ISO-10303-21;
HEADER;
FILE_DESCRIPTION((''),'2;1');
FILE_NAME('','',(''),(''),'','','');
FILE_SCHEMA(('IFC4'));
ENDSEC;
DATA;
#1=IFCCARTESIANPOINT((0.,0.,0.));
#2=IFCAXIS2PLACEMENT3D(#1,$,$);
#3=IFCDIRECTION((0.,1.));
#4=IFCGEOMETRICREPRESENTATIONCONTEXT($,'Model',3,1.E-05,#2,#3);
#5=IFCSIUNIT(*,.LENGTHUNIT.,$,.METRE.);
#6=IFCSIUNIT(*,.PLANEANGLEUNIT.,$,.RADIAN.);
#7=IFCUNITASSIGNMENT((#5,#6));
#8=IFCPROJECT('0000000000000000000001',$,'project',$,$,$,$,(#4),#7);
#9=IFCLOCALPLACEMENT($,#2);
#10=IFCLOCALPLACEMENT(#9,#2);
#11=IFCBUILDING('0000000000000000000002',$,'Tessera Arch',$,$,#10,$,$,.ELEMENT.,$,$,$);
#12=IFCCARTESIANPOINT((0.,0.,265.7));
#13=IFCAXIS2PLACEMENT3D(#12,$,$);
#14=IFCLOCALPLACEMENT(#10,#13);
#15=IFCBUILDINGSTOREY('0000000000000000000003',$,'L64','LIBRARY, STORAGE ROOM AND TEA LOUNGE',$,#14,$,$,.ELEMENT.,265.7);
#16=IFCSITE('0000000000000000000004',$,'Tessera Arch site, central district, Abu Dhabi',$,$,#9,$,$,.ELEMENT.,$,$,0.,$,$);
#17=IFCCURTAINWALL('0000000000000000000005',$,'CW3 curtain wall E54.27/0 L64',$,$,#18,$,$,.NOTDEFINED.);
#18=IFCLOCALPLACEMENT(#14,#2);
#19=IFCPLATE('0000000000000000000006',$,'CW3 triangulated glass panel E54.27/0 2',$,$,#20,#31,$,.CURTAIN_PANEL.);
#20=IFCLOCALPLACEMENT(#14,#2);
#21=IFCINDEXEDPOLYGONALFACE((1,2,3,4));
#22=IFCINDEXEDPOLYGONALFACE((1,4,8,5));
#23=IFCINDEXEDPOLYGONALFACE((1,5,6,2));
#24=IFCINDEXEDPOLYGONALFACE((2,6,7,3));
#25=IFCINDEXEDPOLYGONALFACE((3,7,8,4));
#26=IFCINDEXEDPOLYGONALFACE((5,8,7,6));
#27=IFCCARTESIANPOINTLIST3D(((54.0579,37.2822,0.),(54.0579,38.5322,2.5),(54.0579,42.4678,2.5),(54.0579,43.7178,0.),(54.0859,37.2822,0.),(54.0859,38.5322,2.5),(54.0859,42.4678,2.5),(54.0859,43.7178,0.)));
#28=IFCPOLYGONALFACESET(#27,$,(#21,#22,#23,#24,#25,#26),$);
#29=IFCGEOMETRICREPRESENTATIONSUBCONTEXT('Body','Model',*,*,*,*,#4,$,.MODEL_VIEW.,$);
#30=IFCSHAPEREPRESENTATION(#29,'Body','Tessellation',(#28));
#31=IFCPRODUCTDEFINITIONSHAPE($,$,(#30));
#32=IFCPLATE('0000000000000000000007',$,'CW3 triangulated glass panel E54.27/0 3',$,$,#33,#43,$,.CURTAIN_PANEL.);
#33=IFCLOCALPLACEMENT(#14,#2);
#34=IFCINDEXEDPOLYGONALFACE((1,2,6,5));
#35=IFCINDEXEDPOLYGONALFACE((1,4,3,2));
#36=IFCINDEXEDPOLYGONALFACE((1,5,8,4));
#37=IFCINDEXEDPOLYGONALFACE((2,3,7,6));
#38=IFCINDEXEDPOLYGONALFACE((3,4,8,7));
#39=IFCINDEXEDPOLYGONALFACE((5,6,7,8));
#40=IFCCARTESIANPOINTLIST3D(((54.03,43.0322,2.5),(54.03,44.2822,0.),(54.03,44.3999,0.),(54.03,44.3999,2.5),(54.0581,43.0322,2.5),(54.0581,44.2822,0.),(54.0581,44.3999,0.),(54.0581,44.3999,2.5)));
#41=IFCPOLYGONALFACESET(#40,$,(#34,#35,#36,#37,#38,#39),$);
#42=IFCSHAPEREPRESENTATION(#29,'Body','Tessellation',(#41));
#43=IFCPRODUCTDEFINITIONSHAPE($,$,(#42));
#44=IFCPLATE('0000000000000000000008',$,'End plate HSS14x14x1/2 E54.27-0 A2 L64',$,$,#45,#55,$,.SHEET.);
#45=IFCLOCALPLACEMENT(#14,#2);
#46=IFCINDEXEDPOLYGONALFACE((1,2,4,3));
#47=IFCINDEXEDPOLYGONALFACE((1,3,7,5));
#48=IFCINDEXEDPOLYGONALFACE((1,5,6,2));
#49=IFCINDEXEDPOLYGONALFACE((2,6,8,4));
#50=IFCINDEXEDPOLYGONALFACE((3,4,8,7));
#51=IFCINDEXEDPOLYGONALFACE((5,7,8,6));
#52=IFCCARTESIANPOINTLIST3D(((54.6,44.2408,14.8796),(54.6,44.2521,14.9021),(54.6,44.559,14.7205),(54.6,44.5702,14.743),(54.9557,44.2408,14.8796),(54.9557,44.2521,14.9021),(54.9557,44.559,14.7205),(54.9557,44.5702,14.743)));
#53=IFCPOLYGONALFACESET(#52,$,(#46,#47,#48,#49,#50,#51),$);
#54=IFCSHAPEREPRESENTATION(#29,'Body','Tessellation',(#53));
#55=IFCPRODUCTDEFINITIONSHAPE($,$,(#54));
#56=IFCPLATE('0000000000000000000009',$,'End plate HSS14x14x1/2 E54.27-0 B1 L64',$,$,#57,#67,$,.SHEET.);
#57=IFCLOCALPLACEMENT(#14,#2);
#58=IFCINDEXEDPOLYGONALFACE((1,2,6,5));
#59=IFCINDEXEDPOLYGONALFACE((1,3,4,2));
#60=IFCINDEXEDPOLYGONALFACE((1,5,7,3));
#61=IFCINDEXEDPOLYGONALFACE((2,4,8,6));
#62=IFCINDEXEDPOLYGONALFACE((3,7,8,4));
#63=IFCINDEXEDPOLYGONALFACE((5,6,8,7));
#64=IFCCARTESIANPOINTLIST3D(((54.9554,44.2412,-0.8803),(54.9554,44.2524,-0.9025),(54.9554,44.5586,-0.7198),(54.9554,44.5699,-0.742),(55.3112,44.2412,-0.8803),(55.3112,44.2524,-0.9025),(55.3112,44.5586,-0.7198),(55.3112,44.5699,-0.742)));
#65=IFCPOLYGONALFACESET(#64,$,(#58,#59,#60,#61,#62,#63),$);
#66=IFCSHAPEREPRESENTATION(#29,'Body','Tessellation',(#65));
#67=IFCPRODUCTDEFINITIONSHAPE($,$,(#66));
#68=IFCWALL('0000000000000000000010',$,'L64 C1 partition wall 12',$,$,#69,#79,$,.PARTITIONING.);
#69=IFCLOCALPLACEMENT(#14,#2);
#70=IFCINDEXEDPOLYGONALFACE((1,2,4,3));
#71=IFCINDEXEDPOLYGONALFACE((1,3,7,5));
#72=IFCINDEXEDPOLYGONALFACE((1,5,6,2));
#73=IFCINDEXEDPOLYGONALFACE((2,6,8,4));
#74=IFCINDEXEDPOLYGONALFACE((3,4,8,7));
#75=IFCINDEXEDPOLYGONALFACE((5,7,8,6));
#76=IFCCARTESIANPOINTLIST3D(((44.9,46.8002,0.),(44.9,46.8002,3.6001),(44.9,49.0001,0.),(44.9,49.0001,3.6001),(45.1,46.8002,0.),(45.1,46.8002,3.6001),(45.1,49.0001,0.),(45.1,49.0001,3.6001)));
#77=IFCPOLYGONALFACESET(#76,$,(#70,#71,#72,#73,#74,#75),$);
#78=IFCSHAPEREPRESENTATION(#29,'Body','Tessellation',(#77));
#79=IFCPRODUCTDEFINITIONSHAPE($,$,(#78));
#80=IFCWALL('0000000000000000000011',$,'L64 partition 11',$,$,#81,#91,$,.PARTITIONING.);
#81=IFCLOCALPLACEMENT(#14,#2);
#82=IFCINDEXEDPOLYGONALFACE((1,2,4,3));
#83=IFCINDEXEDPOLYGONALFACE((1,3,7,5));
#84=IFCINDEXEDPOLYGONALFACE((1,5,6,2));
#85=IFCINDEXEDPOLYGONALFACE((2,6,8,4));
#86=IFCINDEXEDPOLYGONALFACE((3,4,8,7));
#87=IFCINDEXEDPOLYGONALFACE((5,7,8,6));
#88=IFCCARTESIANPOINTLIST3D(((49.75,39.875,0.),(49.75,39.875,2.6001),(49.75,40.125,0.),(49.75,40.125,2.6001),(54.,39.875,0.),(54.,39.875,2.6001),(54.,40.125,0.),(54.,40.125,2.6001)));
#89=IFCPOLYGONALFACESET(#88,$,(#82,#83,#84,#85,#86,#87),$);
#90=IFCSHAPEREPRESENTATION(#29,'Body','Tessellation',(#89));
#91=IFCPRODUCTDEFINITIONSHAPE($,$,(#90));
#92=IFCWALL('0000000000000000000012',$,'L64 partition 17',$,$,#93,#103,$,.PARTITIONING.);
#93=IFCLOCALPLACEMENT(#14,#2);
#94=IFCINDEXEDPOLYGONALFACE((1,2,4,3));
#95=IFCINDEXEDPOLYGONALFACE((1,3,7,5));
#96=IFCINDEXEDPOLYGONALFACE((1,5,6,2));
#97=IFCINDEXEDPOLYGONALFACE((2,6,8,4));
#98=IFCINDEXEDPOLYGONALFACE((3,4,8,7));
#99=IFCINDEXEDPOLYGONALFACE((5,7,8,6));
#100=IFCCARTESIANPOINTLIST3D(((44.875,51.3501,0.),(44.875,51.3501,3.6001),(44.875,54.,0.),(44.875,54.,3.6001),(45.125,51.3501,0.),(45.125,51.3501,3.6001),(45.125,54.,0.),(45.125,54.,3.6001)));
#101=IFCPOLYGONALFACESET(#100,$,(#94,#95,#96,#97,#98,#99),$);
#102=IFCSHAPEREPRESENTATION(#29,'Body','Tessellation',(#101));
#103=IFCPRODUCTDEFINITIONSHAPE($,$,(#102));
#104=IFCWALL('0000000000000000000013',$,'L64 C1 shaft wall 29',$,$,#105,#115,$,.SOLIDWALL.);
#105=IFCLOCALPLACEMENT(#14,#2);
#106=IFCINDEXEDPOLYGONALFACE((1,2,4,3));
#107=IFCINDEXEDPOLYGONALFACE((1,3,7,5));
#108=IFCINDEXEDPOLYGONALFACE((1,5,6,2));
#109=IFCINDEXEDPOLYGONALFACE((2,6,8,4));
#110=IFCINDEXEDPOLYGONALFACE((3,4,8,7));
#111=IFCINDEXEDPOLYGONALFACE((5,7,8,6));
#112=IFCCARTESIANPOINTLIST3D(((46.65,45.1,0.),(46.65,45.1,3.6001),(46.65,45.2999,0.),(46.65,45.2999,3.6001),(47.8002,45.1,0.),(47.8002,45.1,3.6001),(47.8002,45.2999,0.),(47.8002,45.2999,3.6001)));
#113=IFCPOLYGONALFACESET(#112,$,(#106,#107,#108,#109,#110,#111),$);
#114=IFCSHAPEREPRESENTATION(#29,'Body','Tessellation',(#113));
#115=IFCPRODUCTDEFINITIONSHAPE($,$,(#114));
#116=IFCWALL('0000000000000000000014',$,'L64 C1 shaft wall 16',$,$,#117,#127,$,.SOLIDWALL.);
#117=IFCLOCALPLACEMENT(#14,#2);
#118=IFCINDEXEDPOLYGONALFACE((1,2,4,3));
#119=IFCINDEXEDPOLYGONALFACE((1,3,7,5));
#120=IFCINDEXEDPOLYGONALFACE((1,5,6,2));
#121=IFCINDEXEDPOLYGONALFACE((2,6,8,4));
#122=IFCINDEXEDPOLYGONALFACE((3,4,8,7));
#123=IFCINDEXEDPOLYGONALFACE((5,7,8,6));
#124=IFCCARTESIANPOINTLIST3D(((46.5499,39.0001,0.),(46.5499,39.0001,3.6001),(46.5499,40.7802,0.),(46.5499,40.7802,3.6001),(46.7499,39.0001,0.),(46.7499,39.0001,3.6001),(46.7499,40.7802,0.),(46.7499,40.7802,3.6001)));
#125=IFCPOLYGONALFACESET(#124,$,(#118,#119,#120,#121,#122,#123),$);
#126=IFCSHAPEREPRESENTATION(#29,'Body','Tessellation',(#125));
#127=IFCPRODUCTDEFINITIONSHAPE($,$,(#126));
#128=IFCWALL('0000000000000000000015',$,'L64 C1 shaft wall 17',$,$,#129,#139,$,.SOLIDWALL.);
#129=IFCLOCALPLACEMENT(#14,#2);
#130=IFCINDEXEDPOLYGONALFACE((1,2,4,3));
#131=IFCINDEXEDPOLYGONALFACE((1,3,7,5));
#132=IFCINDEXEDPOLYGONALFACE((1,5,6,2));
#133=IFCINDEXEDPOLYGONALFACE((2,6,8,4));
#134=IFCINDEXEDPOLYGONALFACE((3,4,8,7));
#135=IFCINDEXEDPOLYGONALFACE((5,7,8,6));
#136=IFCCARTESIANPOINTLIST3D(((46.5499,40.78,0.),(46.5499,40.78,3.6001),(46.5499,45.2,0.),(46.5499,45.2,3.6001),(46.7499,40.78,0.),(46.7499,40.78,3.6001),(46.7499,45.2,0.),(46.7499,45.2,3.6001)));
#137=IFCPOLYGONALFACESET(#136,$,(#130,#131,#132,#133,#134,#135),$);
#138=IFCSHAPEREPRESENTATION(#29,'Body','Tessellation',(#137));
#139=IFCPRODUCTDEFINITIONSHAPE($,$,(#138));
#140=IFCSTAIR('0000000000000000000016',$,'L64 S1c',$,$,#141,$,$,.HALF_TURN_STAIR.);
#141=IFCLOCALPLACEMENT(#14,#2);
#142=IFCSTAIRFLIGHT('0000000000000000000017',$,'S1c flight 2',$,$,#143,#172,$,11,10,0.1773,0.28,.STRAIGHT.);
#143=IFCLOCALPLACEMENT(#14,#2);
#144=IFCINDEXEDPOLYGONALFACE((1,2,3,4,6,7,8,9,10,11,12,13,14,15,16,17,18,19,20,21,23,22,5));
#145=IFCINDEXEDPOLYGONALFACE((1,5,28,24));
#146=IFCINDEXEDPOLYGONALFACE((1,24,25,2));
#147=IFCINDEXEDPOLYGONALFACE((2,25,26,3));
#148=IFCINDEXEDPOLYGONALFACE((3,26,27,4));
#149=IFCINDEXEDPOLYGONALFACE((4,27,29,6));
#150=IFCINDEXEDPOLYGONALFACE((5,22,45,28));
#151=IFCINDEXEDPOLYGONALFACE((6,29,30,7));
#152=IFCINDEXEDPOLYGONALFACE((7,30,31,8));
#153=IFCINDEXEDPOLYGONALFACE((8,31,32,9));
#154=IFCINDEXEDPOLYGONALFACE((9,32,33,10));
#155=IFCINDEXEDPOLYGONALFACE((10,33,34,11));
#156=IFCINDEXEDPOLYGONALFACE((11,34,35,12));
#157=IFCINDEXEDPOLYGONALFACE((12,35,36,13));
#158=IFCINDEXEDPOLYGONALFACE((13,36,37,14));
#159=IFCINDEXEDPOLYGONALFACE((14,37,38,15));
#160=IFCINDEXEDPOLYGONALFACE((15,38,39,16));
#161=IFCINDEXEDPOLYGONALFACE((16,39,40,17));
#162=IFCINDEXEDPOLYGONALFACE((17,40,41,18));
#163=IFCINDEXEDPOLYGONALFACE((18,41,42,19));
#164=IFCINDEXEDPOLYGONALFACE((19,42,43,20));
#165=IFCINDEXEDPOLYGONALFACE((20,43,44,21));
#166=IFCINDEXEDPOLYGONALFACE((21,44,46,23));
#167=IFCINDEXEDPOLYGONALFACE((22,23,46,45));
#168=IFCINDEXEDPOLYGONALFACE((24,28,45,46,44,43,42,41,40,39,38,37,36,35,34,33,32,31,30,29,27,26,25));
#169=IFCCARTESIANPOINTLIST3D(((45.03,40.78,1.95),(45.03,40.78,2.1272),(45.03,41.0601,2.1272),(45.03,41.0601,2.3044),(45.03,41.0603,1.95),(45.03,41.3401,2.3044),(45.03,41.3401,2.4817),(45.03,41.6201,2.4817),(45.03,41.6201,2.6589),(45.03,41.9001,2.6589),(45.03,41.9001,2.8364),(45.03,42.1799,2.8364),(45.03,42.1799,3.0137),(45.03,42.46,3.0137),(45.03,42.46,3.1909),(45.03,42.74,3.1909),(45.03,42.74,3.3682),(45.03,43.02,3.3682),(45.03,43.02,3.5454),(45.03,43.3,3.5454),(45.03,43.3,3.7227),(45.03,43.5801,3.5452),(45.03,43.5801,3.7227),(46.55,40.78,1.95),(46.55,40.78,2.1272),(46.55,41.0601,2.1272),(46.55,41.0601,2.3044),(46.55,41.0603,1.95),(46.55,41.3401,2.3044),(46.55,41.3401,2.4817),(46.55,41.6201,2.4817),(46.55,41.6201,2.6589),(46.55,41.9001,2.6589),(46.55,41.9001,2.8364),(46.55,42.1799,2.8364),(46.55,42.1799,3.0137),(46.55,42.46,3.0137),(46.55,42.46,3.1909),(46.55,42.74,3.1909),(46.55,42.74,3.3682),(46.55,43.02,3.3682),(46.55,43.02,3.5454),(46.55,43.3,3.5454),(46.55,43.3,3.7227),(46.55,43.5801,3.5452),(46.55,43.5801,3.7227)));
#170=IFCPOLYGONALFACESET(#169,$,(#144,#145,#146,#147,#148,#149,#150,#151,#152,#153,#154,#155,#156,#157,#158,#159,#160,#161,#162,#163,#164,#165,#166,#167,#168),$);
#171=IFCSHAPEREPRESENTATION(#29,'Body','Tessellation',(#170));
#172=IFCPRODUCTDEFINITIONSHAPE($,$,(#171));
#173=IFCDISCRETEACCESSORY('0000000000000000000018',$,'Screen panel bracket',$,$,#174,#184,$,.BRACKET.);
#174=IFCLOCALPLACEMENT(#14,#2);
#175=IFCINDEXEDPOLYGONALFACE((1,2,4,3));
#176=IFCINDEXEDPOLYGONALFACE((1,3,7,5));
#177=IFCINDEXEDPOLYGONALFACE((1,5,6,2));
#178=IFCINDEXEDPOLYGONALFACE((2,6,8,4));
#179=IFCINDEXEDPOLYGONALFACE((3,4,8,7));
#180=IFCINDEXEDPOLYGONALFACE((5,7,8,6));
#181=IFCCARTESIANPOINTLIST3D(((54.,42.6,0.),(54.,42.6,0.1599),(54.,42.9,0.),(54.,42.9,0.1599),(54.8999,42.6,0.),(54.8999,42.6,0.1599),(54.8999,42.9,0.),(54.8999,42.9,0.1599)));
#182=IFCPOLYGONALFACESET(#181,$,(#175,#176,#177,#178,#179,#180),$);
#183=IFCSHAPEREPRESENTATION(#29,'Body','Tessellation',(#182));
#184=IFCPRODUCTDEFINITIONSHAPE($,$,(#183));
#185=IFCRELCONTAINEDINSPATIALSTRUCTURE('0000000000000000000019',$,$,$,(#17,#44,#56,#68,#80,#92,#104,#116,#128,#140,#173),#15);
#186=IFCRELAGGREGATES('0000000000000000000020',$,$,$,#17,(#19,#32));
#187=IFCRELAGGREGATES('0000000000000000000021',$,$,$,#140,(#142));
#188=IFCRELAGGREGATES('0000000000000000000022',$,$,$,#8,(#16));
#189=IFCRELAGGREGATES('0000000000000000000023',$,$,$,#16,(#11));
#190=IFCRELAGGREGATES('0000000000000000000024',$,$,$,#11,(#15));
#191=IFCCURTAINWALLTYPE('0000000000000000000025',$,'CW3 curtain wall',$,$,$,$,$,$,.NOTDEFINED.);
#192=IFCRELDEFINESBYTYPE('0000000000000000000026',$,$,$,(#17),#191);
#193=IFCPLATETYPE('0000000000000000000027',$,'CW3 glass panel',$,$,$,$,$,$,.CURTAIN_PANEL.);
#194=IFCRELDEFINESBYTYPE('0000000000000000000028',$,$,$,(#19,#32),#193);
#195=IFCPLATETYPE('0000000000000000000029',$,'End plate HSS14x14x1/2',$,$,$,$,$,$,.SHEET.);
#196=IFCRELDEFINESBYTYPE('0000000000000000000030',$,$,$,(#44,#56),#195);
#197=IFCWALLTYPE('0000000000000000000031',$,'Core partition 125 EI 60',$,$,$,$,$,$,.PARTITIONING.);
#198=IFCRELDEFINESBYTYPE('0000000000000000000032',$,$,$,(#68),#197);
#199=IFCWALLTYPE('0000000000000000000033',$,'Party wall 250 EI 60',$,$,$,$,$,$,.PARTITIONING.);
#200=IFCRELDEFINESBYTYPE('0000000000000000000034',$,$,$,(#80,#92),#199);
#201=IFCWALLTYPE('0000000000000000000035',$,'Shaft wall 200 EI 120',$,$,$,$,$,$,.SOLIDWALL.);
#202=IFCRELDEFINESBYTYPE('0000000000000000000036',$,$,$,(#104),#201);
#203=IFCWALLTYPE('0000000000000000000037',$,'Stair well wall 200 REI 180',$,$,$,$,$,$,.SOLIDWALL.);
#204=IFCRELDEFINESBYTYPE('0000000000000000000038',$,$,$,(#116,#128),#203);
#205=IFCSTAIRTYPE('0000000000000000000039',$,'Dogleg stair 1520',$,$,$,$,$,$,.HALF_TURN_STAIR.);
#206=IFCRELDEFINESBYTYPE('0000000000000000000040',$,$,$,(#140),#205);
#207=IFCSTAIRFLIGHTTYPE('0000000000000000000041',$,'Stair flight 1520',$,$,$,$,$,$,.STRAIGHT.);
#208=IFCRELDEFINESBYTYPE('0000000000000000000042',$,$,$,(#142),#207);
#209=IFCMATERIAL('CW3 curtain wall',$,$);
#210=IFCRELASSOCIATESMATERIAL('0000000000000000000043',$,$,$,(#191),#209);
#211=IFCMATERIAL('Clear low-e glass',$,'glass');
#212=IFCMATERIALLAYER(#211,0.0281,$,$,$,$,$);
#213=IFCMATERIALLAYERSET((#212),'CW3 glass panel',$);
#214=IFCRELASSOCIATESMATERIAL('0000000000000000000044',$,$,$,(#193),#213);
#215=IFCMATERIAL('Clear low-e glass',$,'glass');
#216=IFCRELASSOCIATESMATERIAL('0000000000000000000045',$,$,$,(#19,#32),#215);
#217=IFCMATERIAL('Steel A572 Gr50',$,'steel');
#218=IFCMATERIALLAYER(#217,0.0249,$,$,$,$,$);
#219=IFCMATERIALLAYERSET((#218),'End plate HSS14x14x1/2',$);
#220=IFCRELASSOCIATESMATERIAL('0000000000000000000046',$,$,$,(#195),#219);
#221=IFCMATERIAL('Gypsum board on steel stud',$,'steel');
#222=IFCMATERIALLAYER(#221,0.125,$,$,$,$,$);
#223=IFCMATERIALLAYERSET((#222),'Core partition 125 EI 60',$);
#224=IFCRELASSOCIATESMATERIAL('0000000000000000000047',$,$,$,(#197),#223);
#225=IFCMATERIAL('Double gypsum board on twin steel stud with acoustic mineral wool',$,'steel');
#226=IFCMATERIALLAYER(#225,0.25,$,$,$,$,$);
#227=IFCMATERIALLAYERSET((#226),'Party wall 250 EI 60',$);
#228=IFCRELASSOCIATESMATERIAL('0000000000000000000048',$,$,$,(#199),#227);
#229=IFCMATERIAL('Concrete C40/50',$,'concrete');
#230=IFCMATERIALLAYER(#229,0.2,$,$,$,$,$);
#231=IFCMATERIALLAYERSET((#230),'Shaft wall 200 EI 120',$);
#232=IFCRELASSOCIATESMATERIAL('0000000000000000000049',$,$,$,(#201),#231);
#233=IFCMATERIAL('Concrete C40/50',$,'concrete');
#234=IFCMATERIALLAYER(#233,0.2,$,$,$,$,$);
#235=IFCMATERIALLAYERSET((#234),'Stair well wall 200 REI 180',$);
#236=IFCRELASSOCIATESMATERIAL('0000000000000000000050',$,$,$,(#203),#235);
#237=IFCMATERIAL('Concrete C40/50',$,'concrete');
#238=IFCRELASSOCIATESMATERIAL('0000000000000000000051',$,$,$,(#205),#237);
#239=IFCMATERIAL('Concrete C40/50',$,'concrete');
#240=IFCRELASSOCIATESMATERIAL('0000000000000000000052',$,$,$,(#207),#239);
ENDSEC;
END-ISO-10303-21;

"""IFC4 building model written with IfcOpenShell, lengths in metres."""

from ifc_helpers import new_model, si_unit, direction, frame, frame_2d, origin, origin_2d, place, context, subcontext, project, spatial, polyline, rectangle, outline, extrude, material, layer, layer_set, type_object, element, aggregate, save


model = new_model("IFC4")

# Units and contexts
model_context = context("Model", 3, precision=1e-05, world=origin(), true_north=direction((0.0, 1.0)))
body_context = subcontext(model_context, "Body", "Model", "MODEL_VIEW")
ifc_project = project(units=[si_unit("LENGTHUNIT", "METRE"), si_unit("PLANEANGLEUNIT", "RADIAN")], contexts=[model_context])

# Site, building, storey
site_placement = place(None, origin())
site = spatial("IfcSite", under=ifc_project, at=site_placement, Name="Tessera Arch site, central district, Abu Dhabi", CompositionType="ELEMENT", RefElevation=0.0)
building_placement = place(site_placement, origin())
building = spatial("IfcBuilding", under=site, at=building_placement, Name="Tessera Arch", CompositionType="ELEMENT")
storey_placement = place(building_placement, frame((0.0, 0.0, 265.7)))
storey = spatial("IfcBuildingStorey", under=building, at=storey_placement, Name="L64", Description="LIBRARY, STORAGE ROOM AND TEA LOUNGE", CompositionType="ELEMENT", Elevation=265.7)

# Shared definitions
ifc_material_1 = material(Name="Clear low-e glass", Category="glass")

# Curtain wall, plates
ifc_material_2 = material(Name="CW3 curtain wall")
curtain_wall_type_1 = type_object("IfcCurtainWallType", Name="CW3 curtain wall", PredefinedType="NOTDEFINED", material=ifc_material_2)
curtain_wall_1_placement = place(storey_placement, origin())
curtain_wall_1 = element("IfcCurtainWall", 1, at=curtain_wall_1_placement, inside=storey, type_object=curtain_wall_type_1, Name="CW3 curtain wall E54.27/0 L64", PredefinedType="NOTDEFINED")
ifc_material_3 = material(Name="Clear low-e glass", Category="glass")
ifc_layer_1 = layer(ifc_material_3, 0.0281)
ifc_layer_set_1 = layer_set([ifc_layer_1], Name="CW3 glass panel")
plate_type_1 = type_object("IfcPlateType", Name="CW3 glass panel", PredefinedType="CURTAIN_PANEL", material=ifc_layer_set_1)
plate_1_placement = place(storey_placement, frame((54.0859, 42.4678, 2.5), z_axis=(1.0, 0.0, 0.0), x_axis=(0.0, -1.0, 0.0)))
plate_1 = element("IfcPlate", 2, at=plate_1_placement, type_object=plate_type_1, material=ifc_material_1, Name="CW3 triangulated glass panel E54.27/0 2", PredefinedType="CURTAIN_PANEL", context=body_context, shape_type="SweptSolid", body=[
    extrude(outline(polyline([(0.0, 0.0), (3.9355, 0.0), (5.1855, 2.5), (-1.25, 2.5), (0.0, 0.0)])), origin(), (0.0, 0.0, -1.0), 0.0281),
])
plate_2_placement = place(storey_placement, frame((54.0581, 44.3999, 2.5), z_axis=(1.0, 0.0, 0.0), x_axis=(0.0, -1.0, 0.0)))
plate_2 = element("IfcPlate", 3, at=plate_2_placement, type_object=plate_type_1, material=ifc_material_1, Name="CW3 triangulated glass panel E54.27/0 3", PredefinedType="CURTAIN_PANEL", context=body_context, shape_type="SweptSolid", body=[
    extrude(outline(polyline([(0.0, 0.0), (1.3677, 0.0), (0.1177, 2.5), (0.0, 2.5), (0.0, 0.0)])), origin(), (0.0, 0.0, -1.0), 0.0281),
])
aggregate(curtain_wall_1, [plate_1, plate_2])

# Plates
ifc_material_4 = material(Name="Steel A572 Gr50", Category="steel")
ifc_layer_2 = layer(ifc_material_4, 0.0249)
ifc_layer_set_2 = layer_set([ifc_layer_2], Name="End plate HSS14x14x1/2")
plate_type_2 = type_object("IfcPlateType", Name="End plate HSS14x14x1/2", PredefinedType="SHEET", material=ifc_layer_set_2)
plate_3_placement = place(storey_placement, frame((54.7778, 44.3999, 14.8), z_axis=(0.0, 0.447214, 0.894427), x_axis=(-1.0, 0.0, 0.0)))
element("IfcPlate", 4, at=plate_3_placement, inside=storey, type_object=plate_type_2, Name="End plate HSS14x14x1/2 E54.27-0 A2 L64", PredefinedType="SHEET", context=body_context, shape_type="SweptSolid", body=[
    extrude(rectangle(XDim=0.3557, YDim=0.3557, at=origin_2d()), origin(), (0.0, 0.0, 1.0), 0.0251),
])
plate_4_placement = place(storey_placement, frame((55.1333, 44.4111, -0.8223), z_axis=(0.0, -0.451132, 0.892457), x_axis=(1.0, 0.0, 0.0)))
element("IfcPlate", 5, at=plate_4_placement, inside=storey, type_object=plate_type_2, Name="End plate HSS14x14x1/2 E54.27-0 B1 L64", PredefinedType="SHEET", context=body_context, shape_type="SweptSolid", body=[
    extrude(rectangle(XDim=0.3557, YDim=0.3557, at=origin_2d()), origin(), (0.0, 0.0, 1.0), 0.0249),
])

# Walls
ifc_material_5 = material(Name="Gypsum board on steel stud", Category="steel")
ifc_layer_3 = layer(ifc_material_5, 0.125)
ifc_layer_set_3 = layer_set([ifc_layer_3], Name="Core partition 125 EI 60")
wall_type_1 = type_object("IfcWallType", Name="Core partition 125 EI 60", PredefinedType="PARTITIONING", material=ifc_layer_set_3)
wall_1_placement = place(storey_placement, frame((45.0, 46.8, 0.0), z_axis=(0.0, 0.0, 1.0), x_axis=(0.0, 1.0, 0.0)))
element("IfcWall", 6, at=wall_1_placement, inside=storey, type_object=wall_type_1, Name="L64 C1 partition wall 12", PredefinedType="PARTITIONING", context=body_context, shape_type="SweptSolid", body=[
    extrude(rectangle(XDim=2.2, YDim=0.2, at=frame_2d((1.1001, 0.0))), origin(), (0.0, 0.0, 1.0), 3.6001),
])
ifc_material_6 = material(Name="Double gypsum board on twin steel stud with acoustic mineral wool", Category="steel")
ifc_layer_4 = layer(ifc_material_6, 0.25)
ifc_layer_set_4 = layer_set([ifc_layer_4], Name="Party wall 250 EI 60")
wall_type_2 = type_object("IfcWallType", Name="Party wall 250 EI 60", PredefinedType="PARTITIONING", material=ifc_layer_set_4)
wall_2_placement = place(storey_placement, frame((49.75, 40.0, 0.0), z_axis=(0.0, 0.0, 1.0), x_axis=(1.0, 0.0, 0.0)))
element("IfcWall", 7, at=wall_2_placement, inside=storey, type_object=wall_type_2, Name="L64 partition 11", PredefinedType="PARTITIONING", context=body_context, shape_type="SweptSolid", body=[
    extrude(rectangle(XDim=4.25, YDim=0.25, at=frame_2d((2.125, 0.0))), origin(), (0.0, 0.0, 1.0), 2.6001),
])
wall_3_placement = place(storey_placement, frame((45.0, 51.3501, 0.0), z_axis=(0.0, 0.0, 1.0), x_axis=(0.0, 1.0, 0.0)))
element("IfcWall", 8, at=wall_3_placement, inside=storey, type_object=wall_type_2, Name="L64 partition 17", PredefinedType="PARTITIONING", context=body_context, shape_type="SweptSolid", body=[
    extrude(rectangle(XDim=2.6499, YDim=0.25, at=frame_2d((1.325, 0.0))), origin(), (0.0, 0.0, 1.0), 3.6001),
])
ifc_material_7 = material(Name="Concrete C40/50", Category="concrete")
ifc_layer_5 = layer(ifc_material_7, 0.2)
ifc_layer_set_5 = layer_set([ifc_layer_5], Name="Shaft wall 200 EI 120")
wall_type_3 = type_object("IfcWallType", Name="Shaft wall 200 EI 120", PredefinedType="SOLIDWALL", material=ifc_layer_set_5)
wall_4_placement = place(storey_placement, frame((46.6499, 45.2, 0.0), z_axis=(0.0, 0.0, 1.0), x_axis=(1.0, 0.0, 0.0)))
element("IfcWall", 9, at=wall_4_placement, inside=storey, type_object=wall_type_3, Name="L64 C1 shaft wall 29", PredefinedType="SOLIDWALL", context=body_context, shape_type="SweptSolid", body=[
    extrude(rectangle(XDim=1.1501, YDim=0.2, at=frame_2d((0.5752, 0.0))), origin(), (0.0, 0.0, 1.0), 3.6001),
])
ifc_material_8 = material(Name="Concrete C40/50", Category="concrete")
ifc_layer_6 = layer(ifc_material_8, 0.2)
ifc_layer_set_6 = layer_set([ifc_layer_6], Name="Stair well wall 200 REI 180")
wall_type_4 = type_object("IfcWallType", Name="Stair well wall 200 REI 180", PredefinedType="SOLIDWALL", material=ifc_layer_set_6)
wall_5_placement = place(storey_placement, frame((46.6499, 39.0, 0.0), z_axis=(0.0, 0.0, 1.0), x_axis=(0.0, 1.0, 0.0)))
element("IfcWall", 10, at=wall_5_placement, inside=storey, type_object=wall_type_4, Name="L64 C1 shaft wall 16", PredefinedType="SOLIDWALL", context=body_context, shape_type="SweptSolid", body=[
    extrude(rectangle(XDim=1.78, YDim=0.2, at=frame_2d((0.8901, 0.0))), origin(), (0.0, 0.0, 1.0), 3.6001),
])
wall_6_placement = place(storey_placement, frame((46.6499, 40.78, 0.0), z_axis=(0.0, 0.0, 1.0), x_axis=(0.0, 1.0, 0.0)))
element("IfcWall", 11, at=wall_6_placement, inside=storey, type_object=wall_type_4, Name="L64 C1 shaft wall 17", PredefinedType="SOLIDWALL", context=body_context, shape_type="SweptSolid", body=[
    extrude(rectangle(XDim=4.4199, YDim=0.2, at=frame_2d((2.21, 0.0))), origin(), (0.0, 0.0, 1.0), 3.6001),
])

# Stair, stair flight
ifc_material_9 = material(Name="Concrete C40/50", Category="concrete")
stair_type = type_object("IfcStairType", Name="Dogleg stair 1520", PredefinedType="HALF_TURN_STAIR", material=ifc_material_9)
stair_placement = place(storey_placement, origin())
stair = element("IfcStair", 12, at=stair_placement, inside=storey, type_object=stair_type, Name="L64 S1c", PredefinedType="HALF_TURN_STAIR")
ifc_material_10 = material(Name="Concrete C40/50", Category="concrete")
stair_flight_type = type_object("IfcStairFlightType", Name="Stair flight 1520", PredefinedType="STRAIGHT", material=ifc_material_10)
stair_flight_placement = place(storey_placement, frame((45.79, 40.78, 1.95), z_axis=(0.0, 0.0, 1.0), x_axis=(0.0, 1.0, 0.0)))
stair_flight = element("IfcStairFlight", 13, at=stair_flight_placement, type_object=stair_flight_type, Name="S1c flight 2", NumberOfRisers=11, NumberOfTreads=10, PredefinedType="STRAIGHT", RiserHeight=0.1773, TreadLength=0.28, context=body_context, shape_type="SweptSolid", body=[
    extrude(outline(polyline([(0.0, 0.0), (0.0, 0.1772), (0.28, 0.1772), (0.28, 0.3545), (0.5601, 0.3545), (0.5601, 0.5317), (0.8401, 0.5317), (0.8401, 0.709), (1.1201, 0.709), (1.1201, 0.8865), (1.3999, 0.8865), (1.3999, 1.0637), (1.6799, 1.0637), (1.6799, 1.241), (1.96, 1.241), (1.96, 1.4182), (2.24, 1.4182), (2.24, 1.5955), (2.52, 1.5955), (2.52, 1.7727), (2.8, 1.7727), (2.8, 1.95), (2.8, 1.5952), (0.2803, 0.0), (0.0, 0.0)])), frame((0.0, 0.76, 0.0), z_axis=(0.0, -1.0, 0.0), x_axis=(1.0, 0.0, 0.0)), (0.0, 0.0, 1.0), 1.52),
])
aggregate(stair, [stair_flight])

# Discrete accessory
for number, where, z_axis, x_axis, name in (
    (14, (54.45, 42.75, 0.0), (0.0, 0.0, 1.0), (1.0, 0.0, 0.0), "Screen panel bracket"),
):
    element("IfcDiscreteAccessory", number, at=place(storey_placement, frame(where, z_axis=z_axis, x_axis=x_axis)), inside=storey, Name=name, PredefinedType="BRACKET", context=body_context, shape_type="SweptSolid", body=[
        extrude(rectangle(XDim=0.8999, YDim=0.3, at=origin_2d()), origin(), (0.0, 0.0, 1.0), 0.1599),
    ])

save(model, "model.ifc")
